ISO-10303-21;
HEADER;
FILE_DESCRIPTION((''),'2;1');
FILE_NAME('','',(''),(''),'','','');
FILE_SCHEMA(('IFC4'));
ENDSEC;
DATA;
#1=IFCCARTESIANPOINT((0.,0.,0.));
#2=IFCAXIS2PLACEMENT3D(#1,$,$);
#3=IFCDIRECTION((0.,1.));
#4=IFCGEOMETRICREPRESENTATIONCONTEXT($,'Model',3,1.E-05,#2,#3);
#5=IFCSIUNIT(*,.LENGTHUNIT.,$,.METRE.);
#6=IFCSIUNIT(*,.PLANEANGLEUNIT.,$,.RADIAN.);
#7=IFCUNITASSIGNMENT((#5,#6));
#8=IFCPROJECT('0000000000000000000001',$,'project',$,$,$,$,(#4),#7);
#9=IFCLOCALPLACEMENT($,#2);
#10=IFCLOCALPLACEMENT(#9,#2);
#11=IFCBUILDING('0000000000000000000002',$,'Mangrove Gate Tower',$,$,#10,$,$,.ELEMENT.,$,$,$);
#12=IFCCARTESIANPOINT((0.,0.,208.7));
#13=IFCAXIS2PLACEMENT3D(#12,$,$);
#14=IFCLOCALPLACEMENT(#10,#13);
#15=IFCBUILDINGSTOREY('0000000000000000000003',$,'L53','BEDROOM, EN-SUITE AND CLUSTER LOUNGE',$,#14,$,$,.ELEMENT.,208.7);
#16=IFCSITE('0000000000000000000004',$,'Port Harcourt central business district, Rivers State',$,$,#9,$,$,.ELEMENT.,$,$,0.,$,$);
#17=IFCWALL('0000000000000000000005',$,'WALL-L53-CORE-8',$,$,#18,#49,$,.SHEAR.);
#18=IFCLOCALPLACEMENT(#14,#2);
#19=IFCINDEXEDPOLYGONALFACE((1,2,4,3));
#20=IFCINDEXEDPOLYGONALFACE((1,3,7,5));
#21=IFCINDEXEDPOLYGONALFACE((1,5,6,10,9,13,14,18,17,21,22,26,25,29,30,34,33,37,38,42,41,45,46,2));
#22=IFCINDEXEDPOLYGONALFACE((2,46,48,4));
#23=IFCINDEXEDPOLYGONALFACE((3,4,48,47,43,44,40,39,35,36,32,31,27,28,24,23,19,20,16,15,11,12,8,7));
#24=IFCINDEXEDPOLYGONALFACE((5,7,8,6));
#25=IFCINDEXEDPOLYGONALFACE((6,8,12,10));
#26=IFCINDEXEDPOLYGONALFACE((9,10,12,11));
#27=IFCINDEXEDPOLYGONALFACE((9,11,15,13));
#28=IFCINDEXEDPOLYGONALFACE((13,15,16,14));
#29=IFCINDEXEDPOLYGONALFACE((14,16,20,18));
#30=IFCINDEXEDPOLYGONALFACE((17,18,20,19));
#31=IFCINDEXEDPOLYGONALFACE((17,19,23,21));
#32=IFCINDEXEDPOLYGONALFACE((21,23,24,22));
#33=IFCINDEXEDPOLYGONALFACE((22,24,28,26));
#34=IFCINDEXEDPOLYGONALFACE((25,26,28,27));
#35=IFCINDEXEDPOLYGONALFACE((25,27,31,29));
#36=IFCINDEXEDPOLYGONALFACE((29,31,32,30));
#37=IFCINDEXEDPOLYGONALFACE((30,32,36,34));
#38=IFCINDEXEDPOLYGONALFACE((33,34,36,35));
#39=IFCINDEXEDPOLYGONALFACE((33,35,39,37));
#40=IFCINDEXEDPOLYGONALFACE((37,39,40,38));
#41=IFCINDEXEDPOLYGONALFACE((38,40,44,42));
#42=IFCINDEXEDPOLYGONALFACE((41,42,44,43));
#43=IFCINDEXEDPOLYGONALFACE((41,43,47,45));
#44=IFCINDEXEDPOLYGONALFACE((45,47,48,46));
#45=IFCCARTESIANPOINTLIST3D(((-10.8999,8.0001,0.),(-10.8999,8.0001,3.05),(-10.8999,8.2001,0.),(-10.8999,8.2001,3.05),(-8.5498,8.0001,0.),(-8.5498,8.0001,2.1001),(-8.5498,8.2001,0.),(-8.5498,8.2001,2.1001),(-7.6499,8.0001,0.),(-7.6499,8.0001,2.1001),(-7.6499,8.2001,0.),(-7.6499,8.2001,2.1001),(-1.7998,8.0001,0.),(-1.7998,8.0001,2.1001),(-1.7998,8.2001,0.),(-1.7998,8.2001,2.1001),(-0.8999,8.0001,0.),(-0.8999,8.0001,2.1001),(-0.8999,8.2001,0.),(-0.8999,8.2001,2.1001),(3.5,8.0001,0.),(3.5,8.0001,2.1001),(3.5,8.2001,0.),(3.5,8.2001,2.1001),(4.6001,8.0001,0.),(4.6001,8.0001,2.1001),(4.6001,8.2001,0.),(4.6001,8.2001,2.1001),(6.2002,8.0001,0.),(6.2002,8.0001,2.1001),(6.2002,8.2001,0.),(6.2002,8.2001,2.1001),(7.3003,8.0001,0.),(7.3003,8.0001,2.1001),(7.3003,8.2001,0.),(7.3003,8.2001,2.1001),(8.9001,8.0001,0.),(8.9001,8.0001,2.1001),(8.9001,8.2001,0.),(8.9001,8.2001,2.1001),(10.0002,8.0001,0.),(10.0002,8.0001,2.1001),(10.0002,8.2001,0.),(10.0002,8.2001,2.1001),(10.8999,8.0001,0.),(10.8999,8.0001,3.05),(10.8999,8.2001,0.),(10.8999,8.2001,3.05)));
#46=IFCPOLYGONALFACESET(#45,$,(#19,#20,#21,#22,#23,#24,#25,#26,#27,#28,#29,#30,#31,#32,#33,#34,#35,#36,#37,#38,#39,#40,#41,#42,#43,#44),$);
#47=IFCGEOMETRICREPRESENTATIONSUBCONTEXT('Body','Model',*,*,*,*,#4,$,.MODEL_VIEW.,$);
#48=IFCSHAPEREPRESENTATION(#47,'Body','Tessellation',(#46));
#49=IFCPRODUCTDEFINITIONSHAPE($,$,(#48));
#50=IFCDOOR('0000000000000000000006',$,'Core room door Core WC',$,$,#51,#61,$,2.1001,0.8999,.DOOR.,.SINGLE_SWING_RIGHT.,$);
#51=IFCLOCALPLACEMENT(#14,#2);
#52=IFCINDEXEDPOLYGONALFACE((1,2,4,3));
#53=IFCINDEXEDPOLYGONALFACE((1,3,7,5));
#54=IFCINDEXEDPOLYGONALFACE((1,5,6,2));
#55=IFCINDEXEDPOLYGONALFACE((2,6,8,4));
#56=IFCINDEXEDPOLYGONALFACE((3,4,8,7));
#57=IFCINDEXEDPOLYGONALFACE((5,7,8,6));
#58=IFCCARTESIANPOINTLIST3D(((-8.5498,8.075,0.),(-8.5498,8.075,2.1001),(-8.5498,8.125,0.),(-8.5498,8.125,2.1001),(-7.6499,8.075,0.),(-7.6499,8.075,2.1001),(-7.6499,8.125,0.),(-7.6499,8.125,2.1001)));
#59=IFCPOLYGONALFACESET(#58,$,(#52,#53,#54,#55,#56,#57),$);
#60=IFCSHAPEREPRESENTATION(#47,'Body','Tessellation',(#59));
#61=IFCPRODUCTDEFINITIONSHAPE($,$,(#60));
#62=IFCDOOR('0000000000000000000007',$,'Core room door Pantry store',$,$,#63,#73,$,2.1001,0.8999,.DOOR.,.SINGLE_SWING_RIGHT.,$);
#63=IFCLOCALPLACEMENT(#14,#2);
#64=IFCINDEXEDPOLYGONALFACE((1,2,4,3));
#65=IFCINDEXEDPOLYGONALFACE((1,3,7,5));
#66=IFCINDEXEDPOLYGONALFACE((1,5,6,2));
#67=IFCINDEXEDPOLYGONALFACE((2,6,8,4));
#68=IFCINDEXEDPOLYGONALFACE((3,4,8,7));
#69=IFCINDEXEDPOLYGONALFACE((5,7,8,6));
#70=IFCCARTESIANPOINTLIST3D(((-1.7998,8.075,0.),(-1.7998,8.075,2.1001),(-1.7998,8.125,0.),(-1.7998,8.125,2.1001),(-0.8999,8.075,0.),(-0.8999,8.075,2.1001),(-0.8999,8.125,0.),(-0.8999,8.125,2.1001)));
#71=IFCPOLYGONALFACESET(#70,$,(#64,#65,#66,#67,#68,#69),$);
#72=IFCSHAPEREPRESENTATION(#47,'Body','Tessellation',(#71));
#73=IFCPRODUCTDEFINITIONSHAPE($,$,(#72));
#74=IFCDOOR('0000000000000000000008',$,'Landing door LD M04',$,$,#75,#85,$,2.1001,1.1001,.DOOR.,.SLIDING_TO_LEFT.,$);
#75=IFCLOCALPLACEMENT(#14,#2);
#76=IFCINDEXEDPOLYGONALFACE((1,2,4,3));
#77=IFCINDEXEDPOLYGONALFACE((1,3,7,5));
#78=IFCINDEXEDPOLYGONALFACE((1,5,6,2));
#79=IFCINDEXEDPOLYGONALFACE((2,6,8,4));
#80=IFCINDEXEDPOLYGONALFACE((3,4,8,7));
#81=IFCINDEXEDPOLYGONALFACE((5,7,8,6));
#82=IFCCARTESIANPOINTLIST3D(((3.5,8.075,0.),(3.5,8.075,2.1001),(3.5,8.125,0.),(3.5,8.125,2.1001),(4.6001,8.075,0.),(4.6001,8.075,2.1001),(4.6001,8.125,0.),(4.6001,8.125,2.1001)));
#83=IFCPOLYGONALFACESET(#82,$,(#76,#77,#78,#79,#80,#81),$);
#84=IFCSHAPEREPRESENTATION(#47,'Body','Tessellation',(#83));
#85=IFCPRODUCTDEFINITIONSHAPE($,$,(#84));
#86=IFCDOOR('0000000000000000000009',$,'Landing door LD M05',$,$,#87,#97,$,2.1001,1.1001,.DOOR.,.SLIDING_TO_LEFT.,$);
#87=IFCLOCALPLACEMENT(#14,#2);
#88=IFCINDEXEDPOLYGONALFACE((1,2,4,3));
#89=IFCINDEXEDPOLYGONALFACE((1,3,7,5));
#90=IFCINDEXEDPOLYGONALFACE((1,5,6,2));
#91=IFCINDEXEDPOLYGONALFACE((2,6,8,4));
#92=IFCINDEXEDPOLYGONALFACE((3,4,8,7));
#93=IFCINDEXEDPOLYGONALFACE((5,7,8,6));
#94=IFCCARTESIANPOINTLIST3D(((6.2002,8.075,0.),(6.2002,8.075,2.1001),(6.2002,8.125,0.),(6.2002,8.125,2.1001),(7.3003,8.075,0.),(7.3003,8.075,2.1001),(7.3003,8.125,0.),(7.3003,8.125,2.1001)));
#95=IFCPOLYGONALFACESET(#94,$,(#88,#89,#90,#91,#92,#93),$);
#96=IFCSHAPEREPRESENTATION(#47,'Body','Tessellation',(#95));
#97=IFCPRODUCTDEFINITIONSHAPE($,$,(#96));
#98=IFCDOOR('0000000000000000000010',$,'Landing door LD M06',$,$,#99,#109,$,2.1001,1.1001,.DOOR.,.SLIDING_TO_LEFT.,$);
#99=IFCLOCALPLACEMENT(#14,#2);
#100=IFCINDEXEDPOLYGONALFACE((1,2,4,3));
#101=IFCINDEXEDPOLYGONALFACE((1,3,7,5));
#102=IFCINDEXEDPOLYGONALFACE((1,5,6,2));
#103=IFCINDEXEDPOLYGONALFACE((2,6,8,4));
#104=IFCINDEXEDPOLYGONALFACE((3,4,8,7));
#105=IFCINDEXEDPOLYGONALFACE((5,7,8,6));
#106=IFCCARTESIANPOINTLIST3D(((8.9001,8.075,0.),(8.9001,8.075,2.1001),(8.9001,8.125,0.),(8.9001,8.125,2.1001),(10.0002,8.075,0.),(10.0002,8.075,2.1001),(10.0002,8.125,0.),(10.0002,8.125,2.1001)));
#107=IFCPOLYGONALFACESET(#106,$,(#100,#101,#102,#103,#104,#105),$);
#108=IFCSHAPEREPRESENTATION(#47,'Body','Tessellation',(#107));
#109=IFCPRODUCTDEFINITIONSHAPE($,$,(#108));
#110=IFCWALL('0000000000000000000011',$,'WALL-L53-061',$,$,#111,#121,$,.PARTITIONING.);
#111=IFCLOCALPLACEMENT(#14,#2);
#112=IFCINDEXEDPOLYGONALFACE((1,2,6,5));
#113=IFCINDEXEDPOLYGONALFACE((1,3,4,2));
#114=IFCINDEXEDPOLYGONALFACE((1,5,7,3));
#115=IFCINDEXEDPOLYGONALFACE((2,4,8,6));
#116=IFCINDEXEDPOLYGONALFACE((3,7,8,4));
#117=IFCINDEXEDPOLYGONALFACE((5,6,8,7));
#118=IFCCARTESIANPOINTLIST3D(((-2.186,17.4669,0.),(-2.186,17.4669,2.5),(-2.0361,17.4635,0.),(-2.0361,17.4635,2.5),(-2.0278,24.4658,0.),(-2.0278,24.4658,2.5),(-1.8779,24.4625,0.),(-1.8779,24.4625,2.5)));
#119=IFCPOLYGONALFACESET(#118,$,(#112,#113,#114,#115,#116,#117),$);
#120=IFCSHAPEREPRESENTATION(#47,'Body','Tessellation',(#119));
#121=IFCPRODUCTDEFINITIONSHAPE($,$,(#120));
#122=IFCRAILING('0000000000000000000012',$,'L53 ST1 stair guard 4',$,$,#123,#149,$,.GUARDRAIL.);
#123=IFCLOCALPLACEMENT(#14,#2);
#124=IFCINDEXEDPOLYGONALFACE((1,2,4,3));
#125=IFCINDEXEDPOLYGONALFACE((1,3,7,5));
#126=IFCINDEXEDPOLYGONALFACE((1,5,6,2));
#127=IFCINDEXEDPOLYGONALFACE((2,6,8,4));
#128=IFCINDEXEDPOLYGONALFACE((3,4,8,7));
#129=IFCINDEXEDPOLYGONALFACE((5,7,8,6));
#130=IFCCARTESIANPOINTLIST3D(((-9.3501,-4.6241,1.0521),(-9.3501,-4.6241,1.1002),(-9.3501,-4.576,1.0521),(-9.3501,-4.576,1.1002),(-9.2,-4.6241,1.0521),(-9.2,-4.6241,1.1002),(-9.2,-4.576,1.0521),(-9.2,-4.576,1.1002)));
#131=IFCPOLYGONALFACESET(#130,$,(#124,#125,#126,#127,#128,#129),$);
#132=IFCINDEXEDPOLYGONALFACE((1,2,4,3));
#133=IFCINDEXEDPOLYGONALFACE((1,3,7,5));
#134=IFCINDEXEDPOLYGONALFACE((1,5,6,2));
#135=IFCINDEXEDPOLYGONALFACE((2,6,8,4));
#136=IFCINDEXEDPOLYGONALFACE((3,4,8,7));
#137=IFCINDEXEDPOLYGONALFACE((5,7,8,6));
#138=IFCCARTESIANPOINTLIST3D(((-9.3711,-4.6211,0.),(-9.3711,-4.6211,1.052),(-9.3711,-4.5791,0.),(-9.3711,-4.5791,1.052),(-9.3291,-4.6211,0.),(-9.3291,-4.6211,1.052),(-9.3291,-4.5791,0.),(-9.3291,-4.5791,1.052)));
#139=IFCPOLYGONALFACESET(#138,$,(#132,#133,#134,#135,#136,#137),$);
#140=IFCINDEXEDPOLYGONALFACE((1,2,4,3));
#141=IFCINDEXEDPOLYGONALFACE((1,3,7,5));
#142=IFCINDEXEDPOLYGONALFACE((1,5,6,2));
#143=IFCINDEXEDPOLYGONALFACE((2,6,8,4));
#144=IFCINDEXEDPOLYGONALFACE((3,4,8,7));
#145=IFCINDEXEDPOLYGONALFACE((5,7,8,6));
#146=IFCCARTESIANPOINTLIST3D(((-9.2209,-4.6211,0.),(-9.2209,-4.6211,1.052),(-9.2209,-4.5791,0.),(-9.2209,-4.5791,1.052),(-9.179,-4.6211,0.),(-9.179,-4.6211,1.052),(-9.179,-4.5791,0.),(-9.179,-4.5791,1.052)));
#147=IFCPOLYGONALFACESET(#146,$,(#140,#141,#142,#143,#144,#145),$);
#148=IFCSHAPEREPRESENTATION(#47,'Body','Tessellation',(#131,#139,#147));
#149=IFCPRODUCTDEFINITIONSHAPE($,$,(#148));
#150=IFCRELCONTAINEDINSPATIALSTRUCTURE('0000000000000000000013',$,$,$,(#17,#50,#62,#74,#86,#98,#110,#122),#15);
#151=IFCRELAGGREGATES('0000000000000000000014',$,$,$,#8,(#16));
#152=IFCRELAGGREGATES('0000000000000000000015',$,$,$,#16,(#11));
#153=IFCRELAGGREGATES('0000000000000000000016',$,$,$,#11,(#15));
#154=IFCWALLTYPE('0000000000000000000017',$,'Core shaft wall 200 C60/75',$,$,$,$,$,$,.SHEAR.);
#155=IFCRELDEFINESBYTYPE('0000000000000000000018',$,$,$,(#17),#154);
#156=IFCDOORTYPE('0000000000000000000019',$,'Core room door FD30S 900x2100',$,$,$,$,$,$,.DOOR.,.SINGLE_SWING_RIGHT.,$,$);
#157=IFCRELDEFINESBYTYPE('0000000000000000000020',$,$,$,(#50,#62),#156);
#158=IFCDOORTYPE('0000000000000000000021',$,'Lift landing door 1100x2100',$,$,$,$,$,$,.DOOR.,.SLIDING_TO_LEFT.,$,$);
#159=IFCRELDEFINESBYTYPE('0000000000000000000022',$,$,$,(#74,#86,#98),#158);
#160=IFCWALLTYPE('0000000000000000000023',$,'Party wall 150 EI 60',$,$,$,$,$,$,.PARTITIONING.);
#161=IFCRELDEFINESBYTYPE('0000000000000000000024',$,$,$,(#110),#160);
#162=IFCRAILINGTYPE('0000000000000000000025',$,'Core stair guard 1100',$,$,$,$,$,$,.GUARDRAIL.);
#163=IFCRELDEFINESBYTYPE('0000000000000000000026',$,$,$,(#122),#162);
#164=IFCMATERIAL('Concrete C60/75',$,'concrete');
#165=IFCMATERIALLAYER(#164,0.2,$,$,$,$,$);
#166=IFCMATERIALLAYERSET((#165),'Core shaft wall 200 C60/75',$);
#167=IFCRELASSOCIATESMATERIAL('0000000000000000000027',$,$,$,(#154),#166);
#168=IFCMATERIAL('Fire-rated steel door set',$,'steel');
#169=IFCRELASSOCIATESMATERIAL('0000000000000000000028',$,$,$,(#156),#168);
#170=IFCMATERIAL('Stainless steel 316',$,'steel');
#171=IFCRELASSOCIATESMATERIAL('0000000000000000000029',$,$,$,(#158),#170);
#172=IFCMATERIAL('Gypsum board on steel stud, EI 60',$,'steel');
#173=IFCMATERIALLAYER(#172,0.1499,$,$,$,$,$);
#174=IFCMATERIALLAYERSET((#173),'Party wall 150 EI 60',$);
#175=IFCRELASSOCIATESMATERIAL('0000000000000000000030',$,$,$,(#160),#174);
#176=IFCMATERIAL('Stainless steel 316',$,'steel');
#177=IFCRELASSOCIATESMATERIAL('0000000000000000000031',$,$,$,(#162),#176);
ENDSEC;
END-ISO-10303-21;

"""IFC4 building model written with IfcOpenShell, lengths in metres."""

from ifc_helpers import new_model, si_unit, direction, frame, frame_2d, origin, origin_2d, place, context, subcontext, project, spatial, rectangle, extrude, material, layer, layer_set, type_object, element, fill, save


model = new_model("IFC4")

# Units and contexts
model_context = context("Model", 3, precision=1e-05, world=origin(), true_north=direction((0.0, 1.0)))
body_context = subcontext(model_context, "Body", "Model", "MODEL_VIEW")
ifc_project = project(units=[si_unit("LENGTHUNIT", "METRE"), si_unit("PLANEANGLEUNIT", "RADIAN")], contexts=[model_context])

# Site, building, storey
site_placement = place(None, origin())
site = spatial("IfcSite", under=ifc_project, at=site_placement, Name="Port Harcourt central business district, Rivers State", CompositionType="ELEMENT", RefElevation=0.0)
building_placement = place(site_placement, origin())
building = spatial("IfcBuilding", under=site, at=building_placement, Name="Mangrove Gate Tower", CompositionType="ELEMENT")
storey_placement = place(building_placement, frame((0.0, 0.0, 208.7)))
storey = spatial("IfcBuildingStorey", under=building, at=storey_placement, Name="L53", Description="BEDROOM, EN-SUITE AND CLUSTER LOUNGE", CompositionType="ELEMENT", Elevation=208.7)

# Wall, openings, doors
ifc_material_1 = material(Name="Concrete C60/75", Category="concrete")
ifc_layer_1 = layer(ifc_material_1, 0.2)
ifc_layer_set_1 = layer_set([ifc_layer_1], Name="Core shaft wall 200 C60/75")
wall_type_1 = type_object("IfcWallType", Name="Core shaft wall 200 C60/75", PredefinedType="SHEAR", material=ifc_layer_set_1)
wall_1_placement = place(storey_placement, frame((-10.8999, 8.1001, 0.0), z_axis=(0.0, 0.0, 1.0), x_axis=(1.0, 0.0, 0.0)))
wall_1 = element("IfcWall", 1, at=wall_1_placement, inside=storey, type_object=wall_type_1, Name="WALL-L53-CORE-8", PredefinedType="SHEAR", context=body_context, shape_type="SweptSolid", body=[
    extrude(rectangle(XDim=21.7998, YDim=0.2, at=frame_2d((10.8999, 0.0))), origin(), (0.0, 0.0, 1.0), 3.05),
])
opening_1_placement = place(wall_1_placement, frame((14.3999, 0.0, 0.0)))
opening_1 = element("IfcOpeningElement", 2, at=opening_1_placement, cuts=wall_1, PredefinedType="OPENING", context=body_context, shape_type="SweptSolid", body=[
    extrude(rectangle(XDim=1.1001, YDim=2.1001, at=frame_2d((0.55, 1.05))), frame((0.0, 0.1099, 0.0), z_axis=(0.0, -1.0, 0.0), x_axis=(1.0, 0.0, 0.0)), (0.0, 0.0, 1.0), 0.22),
])
opening_2_placement = place(wall_1_placement, frame((17.1001, 0.0, 0.0)))
opening_2 = element("IfcOpeningElement", 3, at=opening_2_placement, cuts=wall_1, PredefinedType="OPENING", context=body_context, shape_type="SweptSolid", body=[
    extrude(rectangle(XDim=1.1001, YDim=2.1001, at=frame_2d((0.55, 1.05))), frame((0.0, 0.1099, 0.0), z_axis=(0.0, -1.0, 0.0), x_axis=(1.0, 0.0, 0.0)), (0.0, 0.0, 1.0), 0.22),
])
opening_3_placement = place(wall_1_placement, frame((19.8, 0.0, 0.0)))
opening_3 = element("IfcOpeningElement", 4, at=opening_3_placement, cuts=wall_1, PredefinedType="OPENING", context=body_context, shape_type="SweptSolid", body=[
    extrude(rectangle(XDim=1.1001, YDim=2.1001, at=frame_2d((0.55, 1.05))), frame((0.0, 0.1099, 0.0), z_axis=(0.0, -1.0, 0.0), x_axis=(1.0, 0.0, 0.0)), (0.0, 0.0, 1.0), 0.22),
])
opening_4_placement = place(wall_1_placement, frame((2.3501, 0.0, 0.0)))
opening_4 = element("IfcOpeningElement", 5, at=opening_4_placement, cuts=wall_1, PredefinedType="OPENING", context=body_context, shape_type="SweptSolid", body=[
    extrude(rectangle(XDim=0.8999, YDim=2.1001, at=frame_2d((0.45, 1.05))), frame((0.0, 0.1099, 0.0), z_axis=(0.0, -1.0, 0.0), x_axis=(1.0, 0.0, 0.0)), (0.0, 0.0, 1.0), 0.22),
])
opening_5_placement = place(wall_1_placement, frame((9.1001, 0.0, 0.0)))
opening_5 = element("IfcOpeningElement", 6, at=opening_5_placement, cuts=wall_1, PredefinedType="OPENING", context=body_context, shape_type="SweptSolid", body=[
    extrude(rectangle(XDim=0.8999, YDim=2.1001, at=frame_2d((0.45, 1.05))), frame((0.0, 0.1099, 0.0), z_axis=(0.0, -1.0, 0.0), x_axis=(1.0, 0.0, 0.0)), (0.0, 0.0, 1.0), 0.22),
])
ifc_material_2 = material(Name="Fire-rated steel door set", Category="steel")
door_type_1 = type_object("IfcDoorType", Name="Core room door FD30S 900x2100", OperationType="SINGLE_SWING_RIGHT", PredefinedType="DOOR", material=ifc_material_2)
door_1_placement = place(opening_4_placement, origin())
door_1 = element("IfcDoor", 7, at=door_1_placement, inside=storey, type_object=door_type_1, Name="Core room door Core WC", OperationType="SINGLE_SWING_RIGHT", OverallHeight=2.1001, OverallWidth=0.8999, PredefinedType="DOOR", context=body_context, shape_type="SweptSolid", body=[
    extrude(rectangle(XDim=0.8999, YDim=2.1001, at=frame_2d((0.45, 1.05))), frame((0.0, 0.0249, 0.0), z_axis=(0.0, -1.0, 0.0), x_axis=(1.0, 0.0, 0.0)), (0.0, 0.0, 1.0), 0.05),
])
fill(opening_4, door_1)
door_2_placement = place(opening_5_placement, origin())
door_2 = element("IfcDoor", 8, at=door_2_placement, inside=storey, type_object=door_type_1, Name="Core room door Pantry store", OperationType="SINGLE_SWING_RIGHT", OverallHeight=2.1001, OverallWidth=0.8999, PredefinedType="DOOR", context=body_context, shape_type="SweptSolid", body=[
    extrude(rectangle(XDim=0.8999, YDim=2.1001, at=frame_2d((0.45, 1.05))), frame((0.0, 0.0249, 0.0), z_axis=(0.0, -1.0, 0.0), x_axis=(1.0, 0.0, 0.0)), (0.0, 0.0, 1.0), 0.05),
])
fill(opening_5, door_2)
ifc_material_3 = material(Name="Stainless steel 316", Category="steel")
door_type_2 = type_object("IfcDoorType", Name="Lift landing door 1100x2100", OperationType="SLIDING_TO_LEFT", PredefinedType="DOOR", material=ifc_material_3)
door_3_placement = place(opening_1_placement, origin())
door_3 = element("IfcDoor", 9, at=door_3_placement, inside=storey, type_object=door_type_2, Name="Landing door LD M04", OperationType="SLIDING_TO_LEFT", OverallHeight=2.1001, OverallWidth=1.1001, PredefinedType="DOOR", context=body_context, shape_type="SweptSolid", body=[
    extrude(rectangle(XDim=1.1001, YDim=2.1001, at=frame_2d((0.55, 1.05))), frame((0.0, 0.0249, 0.0), z_axis=(0.0, -1.0, 0.0), x_axis=(1.0, 0.0, 0.0)), (0.0, 0.0, 1.0), 0.05),
])
fill(opening_1, door_3)
door_4_placement = place(opening_2_placement, origin())
door_4 = element("IfcDoor", 10, at=door_4_placement, inside=storey, type_object=door_type_2, Name="Landing door LD M05", OperationType="SLIDING_TO_LEFT", OverallHeight=2.1001, OverallWidth=1.1001, PredefinedType="DOOR", context=body_context, shape_type="SweptSolid", body=[
    extrude(rectangle(XDim=1.1001, YDim=2.1001, at=frame_2d((0.55, 1.05))), frame((0.0, 0.0249, 0.0), z_axis=(0.0, -1.0, 0.0), x_axis=(1.0, 0.0, 0.0)), (0.0, 0.0, 1.0), 0.05),
])
fill(opening_2, door_4)
door_5_placement = place(opening_3_placement, origin())
door_5 = element("IfcDoor", 11, at=door_5_placement, inside=storey, type_object=door_type_2, Name="Landing door LD M06", OperationType="SLIDING_TO_LEFT", OverallHeight=2.1001, OverallWidth=1.1001, PredefinedType="DOOR", context=body_context, shape_type="SweptSolid", body=[
    extrude(rectangle(XDim=1.1001, YDim=2.1001, at=frame_2d((0.55, 1.05))), frame((0.0, 0.0249, 0.0), z_axis=(0.0, -1.0, 0.0), x_axis=(1.0, 0.0, 0.0)), (0.0, 0.0, 1.0), 0.05),
])
fill(opening_3, door_5)

# Wall
ifc_material_4 = material(Name="Gypsum board on steel stud, EI 60", Category="steel")
ifc_layer_2 = layer(ifc_material_4, 0.1499)
ifc_layer_set_2 = layer_set([ifc_layer_2], Name="Party wall 150 EI 60")
wall_type_2 = type_object("IfcWallType", Name="Party wall 150 EI 60", PredefinedType="PARTITIONING", material=ifc_layer_set_2)
wall_2_placement = place(storey_placement, frame((-2.1111, 17.4651, 0.0), z_axis=(0.0, 0.0, 1.0), x_axis=(0.022598, 0.999745, 0.0)))
element("IfcWall", 12, at=wall_2_placement, inside=storey, type_object=wall_type_2, Name="WALL-L53-061", PredefinedType="PARTITIONING", context=body_context, shape_type="SweptSolid", body=[
    extrude(rectangle(XDim=7.0007, YDim=0.1499, at=frame_2d((3.5005, 0.0))), origin(), (0.0, 0.0, 1.0), 2.5),
])

# Railing
ifc_material_5 = material(Name="Stainless steel 316", Category="steel")
railing_type = type_object("IfcRailingType", Name="Core stair guard 1100", PredefinedType="GUARDRAIL", material=ifc_material_5)
railing_placement = place(storey_placement, frame((-9.3501, -4.6001, 0.0)))
element("IfcRailing", 13, at=railing_placement, inside=storey, type_object=railing_type, Name="L53 ST1 stair guard 4", PredefinedType="GUARDRAIL", context=body_context, shape_type="SweptSolid", body=[
    extrude(rectangle(XDim=0.0481, YDim=0.0481, at=origin_2d()), frame((0.0, 0.0, 1.0762), z_axis=(1.0, 0.0, 0.0), x_axis=(0.0, 1.0, 0.0)), (0.0, 0.0, 1.0), 0.1501),
    extrude(rectangle(XDim=0.042, YDim=0.042, at=origin_2d()), origin(), (0.0, 0.0, 1.0), 1.052),
    extrude(rectangle(XDim=0.042, YDim=0.042, at=origin_2d()), frame((0.1501, 0.0, 0.0)), (0.0, 0.0, 1.0), 1.052),
])

save(model, "model.ifc")
